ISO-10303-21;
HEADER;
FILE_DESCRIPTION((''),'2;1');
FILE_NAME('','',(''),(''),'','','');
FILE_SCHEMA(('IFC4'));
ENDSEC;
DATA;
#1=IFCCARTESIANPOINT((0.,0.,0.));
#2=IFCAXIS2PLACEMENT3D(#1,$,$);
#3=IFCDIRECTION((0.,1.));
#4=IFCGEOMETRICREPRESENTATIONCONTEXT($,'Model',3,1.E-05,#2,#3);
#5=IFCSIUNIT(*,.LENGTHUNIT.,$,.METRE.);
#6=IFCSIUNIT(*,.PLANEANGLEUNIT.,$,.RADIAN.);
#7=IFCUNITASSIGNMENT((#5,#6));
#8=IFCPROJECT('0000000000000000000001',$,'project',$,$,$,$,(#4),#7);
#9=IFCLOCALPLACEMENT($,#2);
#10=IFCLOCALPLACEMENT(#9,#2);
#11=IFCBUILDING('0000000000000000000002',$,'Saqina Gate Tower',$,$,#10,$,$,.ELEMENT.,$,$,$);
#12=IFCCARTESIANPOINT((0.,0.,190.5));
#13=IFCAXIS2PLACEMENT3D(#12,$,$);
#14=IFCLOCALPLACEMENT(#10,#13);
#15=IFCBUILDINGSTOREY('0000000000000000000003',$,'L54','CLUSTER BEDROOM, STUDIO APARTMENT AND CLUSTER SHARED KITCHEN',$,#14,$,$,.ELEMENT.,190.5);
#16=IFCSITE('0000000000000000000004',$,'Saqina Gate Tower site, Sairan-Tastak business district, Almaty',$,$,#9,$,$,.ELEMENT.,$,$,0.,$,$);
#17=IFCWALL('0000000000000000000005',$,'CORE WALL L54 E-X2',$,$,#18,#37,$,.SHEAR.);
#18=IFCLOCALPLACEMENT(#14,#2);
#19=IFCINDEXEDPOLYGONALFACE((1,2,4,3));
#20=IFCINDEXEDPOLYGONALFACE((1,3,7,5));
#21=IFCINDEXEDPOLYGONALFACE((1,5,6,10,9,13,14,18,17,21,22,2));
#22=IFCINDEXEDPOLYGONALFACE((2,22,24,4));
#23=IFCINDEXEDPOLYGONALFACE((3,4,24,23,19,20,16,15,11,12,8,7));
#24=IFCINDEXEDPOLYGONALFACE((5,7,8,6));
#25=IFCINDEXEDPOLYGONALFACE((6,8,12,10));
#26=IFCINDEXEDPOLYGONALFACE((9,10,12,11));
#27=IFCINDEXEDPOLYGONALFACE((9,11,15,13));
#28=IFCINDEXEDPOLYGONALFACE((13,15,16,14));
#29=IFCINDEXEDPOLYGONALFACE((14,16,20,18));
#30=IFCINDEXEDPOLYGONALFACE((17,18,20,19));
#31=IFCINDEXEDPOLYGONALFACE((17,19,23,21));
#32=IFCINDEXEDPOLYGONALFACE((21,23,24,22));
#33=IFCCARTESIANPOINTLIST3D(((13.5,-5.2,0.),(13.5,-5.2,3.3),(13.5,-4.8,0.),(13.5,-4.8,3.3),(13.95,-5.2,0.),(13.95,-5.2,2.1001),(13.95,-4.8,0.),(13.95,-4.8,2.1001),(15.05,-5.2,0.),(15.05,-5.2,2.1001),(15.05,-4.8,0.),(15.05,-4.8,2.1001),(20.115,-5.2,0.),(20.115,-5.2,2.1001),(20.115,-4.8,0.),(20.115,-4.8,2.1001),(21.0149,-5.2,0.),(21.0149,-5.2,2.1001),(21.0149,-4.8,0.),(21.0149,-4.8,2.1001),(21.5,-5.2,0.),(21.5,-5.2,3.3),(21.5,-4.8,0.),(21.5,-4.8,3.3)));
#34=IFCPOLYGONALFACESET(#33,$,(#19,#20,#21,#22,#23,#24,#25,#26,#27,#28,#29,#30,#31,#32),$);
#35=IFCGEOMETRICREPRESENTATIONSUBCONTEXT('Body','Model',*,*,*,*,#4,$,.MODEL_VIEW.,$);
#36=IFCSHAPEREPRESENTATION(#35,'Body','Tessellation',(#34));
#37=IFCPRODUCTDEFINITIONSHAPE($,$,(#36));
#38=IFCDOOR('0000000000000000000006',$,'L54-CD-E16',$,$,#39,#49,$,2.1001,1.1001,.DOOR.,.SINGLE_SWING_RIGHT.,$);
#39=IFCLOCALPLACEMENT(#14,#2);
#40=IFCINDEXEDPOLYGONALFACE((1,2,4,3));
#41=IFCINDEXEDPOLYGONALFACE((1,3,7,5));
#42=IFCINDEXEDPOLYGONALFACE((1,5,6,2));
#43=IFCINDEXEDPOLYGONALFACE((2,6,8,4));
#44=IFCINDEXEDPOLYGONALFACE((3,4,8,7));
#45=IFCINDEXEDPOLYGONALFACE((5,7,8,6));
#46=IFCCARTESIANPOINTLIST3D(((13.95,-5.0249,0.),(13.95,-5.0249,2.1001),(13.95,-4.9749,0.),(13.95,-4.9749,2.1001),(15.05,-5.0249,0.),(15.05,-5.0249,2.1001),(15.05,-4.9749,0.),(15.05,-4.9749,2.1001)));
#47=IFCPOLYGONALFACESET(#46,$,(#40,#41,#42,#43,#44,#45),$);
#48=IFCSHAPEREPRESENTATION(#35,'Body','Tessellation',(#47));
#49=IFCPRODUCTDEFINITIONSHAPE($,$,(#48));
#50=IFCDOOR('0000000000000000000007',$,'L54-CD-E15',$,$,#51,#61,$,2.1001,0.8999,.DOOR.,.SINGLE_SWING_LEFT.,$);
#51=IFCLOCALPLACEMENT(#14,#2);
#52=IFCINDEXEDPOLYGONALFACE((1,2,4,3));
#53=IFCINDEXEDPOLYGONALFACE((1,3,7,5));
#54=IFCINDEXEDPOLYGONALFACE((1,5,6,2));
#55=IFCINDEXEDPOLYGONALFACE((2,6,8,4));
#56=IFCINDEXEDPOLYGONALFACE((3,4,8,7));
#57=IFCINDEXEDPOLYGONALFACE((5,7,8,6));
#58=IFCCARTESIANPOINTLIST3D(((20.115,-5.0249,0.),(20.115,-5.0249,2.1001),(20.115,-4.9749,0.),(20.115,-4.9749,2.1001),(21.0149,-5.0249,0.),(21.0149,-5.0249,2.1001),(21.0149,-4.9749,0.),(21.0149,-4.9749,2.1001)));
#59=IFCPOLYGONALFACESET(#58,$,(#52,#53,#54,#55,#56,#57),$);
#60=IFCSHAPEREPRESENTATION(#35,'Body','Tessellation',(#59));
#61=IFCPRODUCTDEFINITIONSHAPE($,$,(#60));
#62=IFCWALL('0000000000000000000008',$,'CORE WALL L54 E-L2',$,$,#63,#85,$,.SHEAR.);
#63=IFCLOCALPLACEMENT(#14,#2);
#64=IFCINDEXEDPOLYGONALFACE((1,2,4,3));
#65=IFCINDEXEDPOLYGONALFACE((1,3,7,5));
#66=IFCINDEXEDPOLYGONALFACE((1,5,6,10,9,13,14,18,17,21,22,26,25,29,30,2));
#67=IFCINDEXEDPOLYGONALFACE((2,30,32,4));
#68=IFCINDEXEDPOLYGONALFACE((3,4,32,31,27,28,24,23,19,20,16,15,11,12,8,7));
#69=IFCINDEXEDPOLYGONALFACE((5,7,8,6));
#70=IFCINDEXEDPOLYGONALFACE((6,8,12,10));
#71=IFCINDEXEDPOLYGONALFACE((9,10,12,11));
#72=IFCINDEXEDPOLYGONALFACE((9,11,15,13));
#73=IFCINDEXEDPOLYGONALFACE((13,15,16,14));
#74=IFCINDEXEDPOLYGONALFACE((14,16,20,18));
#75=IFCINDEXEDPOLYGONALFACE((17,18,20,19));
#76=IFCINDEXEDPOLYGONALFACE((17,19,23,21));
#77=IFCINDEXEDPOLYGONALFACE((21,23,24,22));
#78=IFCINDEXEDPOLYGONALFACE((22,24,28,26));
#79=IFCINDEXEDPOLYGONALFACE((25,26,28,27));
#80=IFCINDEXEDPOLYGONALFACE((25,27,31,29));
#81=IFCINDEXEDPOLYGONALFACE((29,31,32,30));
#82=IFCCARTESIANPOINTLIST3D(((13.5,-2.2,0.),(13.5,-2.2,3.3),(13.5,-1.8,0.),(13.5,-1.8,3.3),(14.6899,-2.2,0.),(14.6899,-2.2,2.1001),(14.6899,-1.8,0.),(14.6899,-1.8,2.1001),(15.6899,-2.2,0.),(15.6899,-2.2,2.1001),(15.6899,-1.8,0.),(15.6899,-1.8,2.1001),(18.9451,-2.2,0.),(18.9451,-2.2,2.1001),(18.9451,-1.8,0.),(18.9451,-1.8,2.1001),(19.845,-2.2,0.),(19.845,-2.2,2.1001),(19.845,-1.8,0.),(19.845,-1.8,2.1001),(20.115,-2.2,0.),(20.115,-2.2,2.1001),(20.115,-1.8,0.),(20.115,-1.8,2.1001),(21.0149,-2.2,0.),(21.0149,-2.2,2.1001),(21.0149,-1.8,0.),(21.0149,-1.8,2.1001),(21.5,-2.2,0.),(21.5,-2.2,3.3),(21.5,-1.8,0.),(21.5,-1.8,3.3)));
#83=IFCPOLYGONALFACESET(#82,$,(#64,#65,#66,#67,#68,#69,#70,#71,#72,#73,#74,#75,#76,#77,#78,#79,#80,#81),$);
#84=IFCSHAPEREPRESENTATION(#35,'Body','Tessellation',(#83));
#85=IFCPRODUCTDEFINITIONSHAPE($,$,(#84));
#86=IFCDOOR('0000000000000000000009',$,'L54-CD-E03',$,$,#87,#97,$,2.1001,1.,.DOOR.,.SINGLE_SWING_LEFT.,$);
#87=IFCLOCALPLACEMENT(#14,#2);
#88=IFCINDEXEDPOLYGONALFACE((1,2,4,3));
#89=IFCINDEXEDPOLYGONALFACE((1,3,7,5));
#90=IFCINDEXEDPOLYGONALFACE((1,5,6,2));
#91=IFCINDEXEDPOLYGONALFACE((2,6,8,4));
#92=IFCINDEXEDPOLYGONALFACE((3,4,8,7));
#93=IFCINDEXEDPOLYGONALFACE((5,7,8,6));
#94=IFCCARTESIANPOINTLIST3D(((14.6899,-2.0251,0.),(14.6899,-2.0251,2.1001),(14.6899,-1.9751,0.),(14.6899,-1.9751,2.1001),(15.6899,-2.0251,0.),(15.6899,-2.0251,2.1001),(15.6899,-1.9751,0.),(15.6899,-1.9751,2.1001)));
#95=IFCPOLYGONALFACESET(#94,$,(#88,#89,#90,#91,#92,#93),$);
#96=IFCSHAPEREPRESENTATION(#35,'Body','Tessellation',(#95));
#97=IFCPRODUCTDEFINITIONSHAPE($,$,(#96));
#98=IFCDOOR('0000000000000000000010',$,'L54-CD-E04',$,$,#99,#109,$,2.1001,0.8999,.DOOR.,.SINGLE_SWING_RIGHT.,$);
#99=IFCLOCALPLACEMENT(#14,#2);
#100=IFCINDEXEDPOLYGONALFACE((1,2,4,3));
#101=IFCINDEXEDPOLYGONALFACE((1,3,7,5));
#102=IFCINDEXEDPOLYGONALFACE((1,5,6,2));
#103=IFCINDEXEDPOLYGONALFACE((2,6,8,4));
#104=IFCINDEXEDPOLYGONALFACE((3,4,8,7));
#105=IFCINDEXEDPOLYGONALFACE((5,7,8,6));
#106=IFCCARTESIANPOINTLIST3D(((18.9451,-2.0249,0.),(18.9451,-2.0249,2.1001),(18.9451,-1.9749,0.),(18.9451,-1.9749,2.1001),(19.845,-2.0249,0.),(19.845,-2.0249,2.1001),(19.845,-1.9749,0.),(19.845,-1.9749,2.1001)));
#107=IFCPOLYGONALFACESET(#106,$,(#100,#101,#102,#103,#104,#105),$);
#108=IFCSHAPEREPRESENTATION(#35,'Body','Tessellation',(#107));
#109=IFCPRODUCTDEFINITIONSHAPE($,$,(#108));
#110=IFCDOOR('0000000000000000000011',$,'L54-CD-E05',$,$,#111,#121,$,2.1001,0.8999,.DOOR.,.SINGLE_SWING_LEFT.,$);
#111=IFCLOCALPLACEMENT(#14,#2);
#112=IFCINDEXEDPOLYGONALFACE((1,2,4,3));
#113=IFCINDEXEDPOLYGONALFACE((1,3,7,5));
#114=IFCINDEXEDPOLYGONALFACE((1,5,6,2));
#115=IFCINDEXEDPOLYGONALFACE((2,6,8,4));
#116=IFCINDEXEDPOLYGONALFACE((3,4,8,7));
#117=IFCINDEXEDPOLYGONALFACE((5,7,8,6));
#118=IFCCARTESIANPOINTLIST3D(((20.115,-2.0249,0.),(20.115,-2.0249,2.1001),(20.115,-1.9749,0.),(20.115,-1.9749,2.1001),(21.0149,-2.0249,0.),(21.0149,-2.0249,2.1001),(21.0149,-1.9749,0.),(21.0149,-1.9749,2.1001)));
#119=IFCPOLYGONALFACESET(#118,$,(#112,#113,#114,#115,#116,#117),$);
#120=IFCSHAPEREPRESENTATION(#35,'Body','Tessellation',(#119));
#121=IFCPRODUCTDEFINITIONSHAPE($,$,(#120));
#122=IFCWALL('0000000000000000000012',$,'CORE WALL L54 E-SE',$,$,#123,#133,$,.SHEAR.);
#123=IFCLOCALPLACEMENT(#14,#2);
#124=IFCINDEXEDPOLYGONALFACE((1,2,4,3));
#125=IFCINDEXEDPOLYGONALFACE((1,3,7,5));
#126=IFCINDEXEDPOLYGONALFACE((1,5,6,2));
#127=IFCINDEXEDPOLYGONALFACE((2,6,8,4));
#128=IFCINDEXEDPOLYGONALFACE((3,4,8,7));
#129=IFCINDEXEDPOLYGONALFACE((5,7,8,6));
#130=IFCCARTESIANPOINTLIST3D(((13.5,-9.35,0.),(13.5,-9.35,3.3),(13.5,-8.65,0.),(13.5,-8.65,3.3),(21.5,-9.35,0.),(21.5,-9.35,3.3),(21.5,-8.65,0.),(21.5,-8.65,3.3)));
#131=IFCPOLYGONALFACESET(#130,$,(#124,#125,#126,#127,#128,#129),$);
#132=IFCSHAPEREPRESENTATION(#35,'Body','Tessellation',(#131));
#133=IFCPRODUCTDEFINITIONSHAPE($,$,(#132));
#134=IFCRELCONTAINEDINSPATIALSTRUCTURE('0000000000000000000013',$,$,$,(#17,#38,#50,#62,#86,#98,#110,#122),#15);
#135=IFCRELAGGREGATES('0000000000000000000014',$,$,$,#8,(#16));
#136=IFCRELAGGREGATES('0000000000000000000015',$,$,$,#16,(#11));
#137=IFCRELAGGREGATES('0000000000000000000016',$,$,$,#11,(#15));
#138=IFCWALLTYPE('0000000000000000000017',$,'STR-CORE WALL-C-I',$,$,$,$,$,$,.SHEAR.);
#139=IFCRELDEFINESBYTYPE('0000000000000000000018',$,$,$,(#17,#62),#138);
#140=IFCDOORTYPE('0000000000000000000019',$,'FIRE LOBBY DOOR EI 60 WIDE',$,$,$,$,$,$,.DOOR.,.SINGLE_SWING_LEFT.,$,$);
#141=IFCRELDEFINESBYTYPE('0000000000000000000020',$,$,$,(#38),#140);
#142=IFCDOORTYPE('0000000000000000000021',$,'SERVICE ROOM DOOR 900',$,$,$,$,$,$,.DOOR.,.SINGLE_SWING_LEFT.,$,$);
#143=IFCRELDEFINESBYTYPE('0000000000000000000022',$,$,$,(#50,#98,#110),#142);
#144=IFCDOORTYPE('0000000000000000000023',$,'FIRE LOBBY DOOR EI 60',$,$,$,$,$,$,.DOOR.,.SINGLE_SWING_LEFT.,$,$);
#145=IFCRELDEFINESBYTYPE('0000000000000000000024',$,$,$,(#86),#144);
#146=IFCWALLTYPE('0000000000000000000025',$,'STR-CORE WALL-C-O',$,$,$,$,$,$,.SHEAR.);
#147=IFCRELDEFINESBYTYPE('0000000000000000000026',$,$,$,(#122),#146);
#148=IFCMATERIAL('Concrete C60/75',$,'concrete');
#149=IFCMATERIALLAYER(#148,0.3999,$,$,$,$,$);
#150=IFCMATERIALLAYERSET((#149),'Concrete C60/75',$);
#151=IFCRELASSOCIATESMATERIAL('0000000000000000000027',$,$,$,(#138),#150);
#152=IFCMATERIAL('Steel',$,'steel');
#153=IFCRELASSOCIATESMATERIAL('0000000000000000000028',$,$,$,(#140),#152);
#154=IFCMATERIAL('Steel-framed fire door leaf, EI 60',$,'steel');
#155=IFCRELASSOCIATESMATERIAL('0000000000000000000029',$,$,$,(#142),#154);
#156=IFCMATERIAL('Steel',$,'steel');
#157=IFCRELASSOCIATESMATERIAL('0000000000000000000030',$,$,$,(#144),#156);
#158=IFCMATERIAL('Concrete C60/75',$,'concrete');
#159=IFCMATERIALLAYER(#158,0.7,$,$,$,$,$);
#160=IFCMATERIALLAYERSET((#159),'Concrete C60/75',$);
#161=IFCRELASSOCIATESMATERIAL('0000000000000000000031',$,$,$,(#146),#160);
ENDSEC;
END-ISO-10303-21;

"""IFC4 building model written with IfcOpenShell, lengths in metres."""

from ifc_helpers import new_model, si_unit, direction, frame, frame_2d, origin, place, context, subcontext, project, spatial, rectangle, extrude, material, layer, layer_set, type_object, element, fill, save


model = new_model("IFC4")

# Units and contexts
model_context = context("Model", 3, precision=1e-05, world=origin(), true_north=direction((0.0, 1.0)))
body_context = subcontext(model_context, "Body", "Model", "MODEL_VIEW")
ifc_project = project(units=[si_unit("LENGTHUNIT", "METRE"), si_unit("PLANEANGLEUNIT", "RADIAN")], contexts=[model_context])

# Site, building, storey
site_placement = place(None, origin())
site = spatial("IfcSite", under=ifc_project, at=site_placement, Name="Saqina Gate Tower site, Sairan-Tastak business district, Almaty", CompositionType="ELEMENT", RefElevation=0.0)
building_placement = place(site_placement, origin())
building = spatial("IfcBuilding", under=site, at=building_placement, Name="Saqina Gate Tower", CompositionType="ELEMENT")
storey_placement = place(building_placement, frame((0.0, 0.0, 190.5)))
storey = spatial("IfcBuildingStorey", under=building, at=storey_placement, Name="L54", Description="CLUSTER BEDROOM, STUDIO APARTMENT AND CLUSTER SHARED KITCHEN", CompositionType="ELEMENT", Elevation=190.5)

# Walls, openings, doors
ifc_material_1 = material(Name="Concrete C60/75", Category="concrete")
ifc_layer_1 = layer(ifc_material_1, 0.3999)
ifc_layer_set_1 = layer_set([ifc_layer_1], Name="Concrete C60/75")
wall_type_1 = type_object("IfcWallType", Name="STR-CORE WALL-C-I", PredefinedType="SHEAR", material=ifc_layer_set_1)
wall_1_placement = place(storey_placement, frame((13.5, -5.0, 0.0), z_axis=(0.0, 0.0, 1.0), x_axis=(1.0, 0.0, 0.0)))
wall_1 = element("IfcWall", 1, at=wall_1_placement, inside=storey, type_object=wall_type_1, Name="CORE WALL L54 E-X2", PredefinedType="SHEAR", context=body_context, shape_type="SweptSolid", body=[
    extrude(rectangle(XDim=8.0, YDim=0.3999, at=frame_2d((4.0, 0.0))), origin(), (0.0, 0.0, 1.0), 3.3),
])
opening_1_placement = place(wall_1_placement, frame((6.615, 0.0, 0.0)))
opening_1 = element("IfcOpeningElement", 2, at=opening_1_placement, cuts=wall_1, PredefinedType="OPENING", context=body_context, shape_type="SweptSolid", body=[
    extrude(rectangle(XDim=0.8999, YDim=2.1001, at=frame_2d((0.45, 1.05))), frame((0.0, 0.2119, 0.0), z_axis=(0.0, -1.0, 0.0), x_axis=(1.0, 0.0, 0.0)), (0.0, 0.0, 1.0), 0.4238),
])
opening_2_placement = place(wall_1_placement, frame((0.45, 0.0, 0.0)))
opening_2 = element("IfcOpeningElement", 3, at=opening_2_placement, cuts=wall_1, PredefinedType="OPENING", context=body_context, shape_type="SweptSolid", body=[
    extrude(rectangle(XDim=1.1001, YDim=2.1001, at=frame_2d((0.55, 1.05))), frame((0.0, 0.2119, 0.0), z_axis=(0.0, -1.0, 0.0), x_axis=(1.0, 0.0, 0.0)), (0.0, 0.0, 1.0), 0.4238),
])
ifc_material_2 = material(Name="Steel", Category="steel")
door_type_1 = type_object("IfcDoorType", Name="FIRE LOBBY DOOR EI 60 WIDE", OperationType="SINGLE_SWING_LEFT", PredefinedType="DOOR", material=ifc_material_2)
door_1_placement = place(opening_2_placement, frame((1.1001, 0.0, 0.0), z_axis=(0.0, 0.0, 1.0), x_axis=(-1.0, 0.0, 0.0)))
door_1 = element("IfcDoor", 4, at=door_1_placement, inside=storey, type_object=door_type_1, Name="L54-CD-E16", OperationType="SINGLE_SWING_RIGHT", OverallHeight=2.1001, OverallWidth=1.1001, PredefinedType="DOOR", context=body_context, shape_type="SweptSolid", body=[
    extrude(rectangle(XDim=1.1001, YDim=2.1001, at=frame_2d((0.55, 1.05))), frame((0.0, 0.0249, 0.0), z_axis=(0.0, -1.0, 0.0), x_axis=(1.0, 0.0, 0.0)), (0.0, 0.0, 1.0), 0.05),
])
fill(opening_2, door_1)
ifc_material_3 = material(Name="Steel-framed fire door leaf, EI 60", Category="steel")
door_type_2 = type_object("IfcDoorType", Name="SERVICE ROOM DOOR 900", OperationType="SINGLE_SWING_LEFT", PredefinedType="DOOR", material=ifc_material_3)
door_2_placement = place(opening_1_placement, frame((0.8999, 0.0, 0.0), z_axis=(0.0, 0.0, 1.0), x_axis=(-1.0, 0.0, 0.0)))
door_2 = element("IfcDoor", 5, at=door_2_placement, inside=storey, type_object=door_type_2, Name="L54-CD-E15", OperationType="SINGLE_SWING_LEFT", OverallHeight=2.1001, OverallWidth=0.8999, PredefinedType="DOOR", context=body_context, shape_type="SweptSolid", body=[
    extrude(rectangle(XDim=0.8999, YDim=2.1001, at=frame_2d((0.45, 1.05))), frame((0.0, 0.0249, 0.0), z_axis=(0.0, -1.0, 0.0), x_axis=(1.0, 0.0, 0.0)), (0.0, 0.0, 1.0), 0.05),
])
fill(opening_1, door_2)
wall_2_placement = place(storey_placement, frame((13.5, -2.0, 0.0), z_axis=(0.0, 0.0, 1.0), x_axis=(1.0, 0.0, 0.0)))
wall_2 = element("IfcWall", 6, at=wall_2_placement, inside=storey, type_object=wall_type_1, Name="CORE WALL L54 E-L2", PredefinedType="SHEAR", context=body_context, shape_type="SweptSolid", body=[
    extrude(rectangle(XDim=8.0, YDim=0.3999, at=frame_2d((4.0, 0.0))), origin(), (0.0, 0.0, 1.0), 3.3),
])
opening_3_placement = place(wall_2_placement, frame((1.1899, 0.0, 0.0)))
opening_3 = element("IfcOpeningElement", 7, at=opening_3_placement, cuts=wall_2, PredefinedType="OPENING", context=body_context, shape_type="SweptSolid", body=[
    extrude(rectangle(XDim=1.0, YDim=2.1001, at=frame_2d((0.5, 1.05))), frame((0.0, 0.2119, 0.0), z_axis=(0.0, -1.0, 0.0), x_axis=(1.0, 0.0, 0.0)), (0.0, 0.0, 1.0), 0.4238),
])
opening_4_placement = place(wall_2_placement, frame((5.4451, 0.0, 0.0)))
opening_4 = element("IfcOpeningElement", 8, at=opening_4_placement, cuts=wall_2, PredefinedType="OPENING", context=body_context, shape_type="SweptSolid", body=[
    extrude(rectangle(XDim=0.8999, YDim=2.1001, at=frame_2d((0.45, 1.05))), frame((0.0, 0.2119, 0.0), z_axis=(0.0, -1.0, 0.0), x_axis=(1.0, 0.0, 0.0)), (0.0, 0.0, 1.0), 0.4238),
])
opening_5_placement = place(wall_2_placement, frame((6.615, 0.0, 0.0)))
opening_5 = element("IfcOpeningElement", 9, at=opening_5_placement, cuts=wall_2, PredefinedType="OPENING", context=body_context, shape_type="SweptSolid", body=[
    extrude(rectangle(XDim=0.8999, YDim=2.1001, at=frame_2d((0.45, 1.05))), frame((0.0, 0.2119, 0.0), z_axis=(0.0, -1.0, 0.0), x_axis=(1.0, 0.0, 0.0)), (0.0, 0.0, 1.0), 0.4238),
])
ifc_material_4 = material(Name="Steel", Category="steel")
door_type_3 = type_object("IfcDoorType", Name="FIRE LOBBY DOOR EI 60", OperationType="SINGLE_SWING_LEFT", PredefinedType="DOOR", material=ifc_material_4)
door_3_placement = place(opening_3_placement, origin())
door_3 = element("IfcDoor", 10, at=door_3_placement, inside=storey, type_object=door_type_3, Name="L54-CD-E03", OperationType="SINGLE_SWING_LEFT", OverallHeight=2.1001, OverallWidth=1.0, PredefinedType="DOOR", context=body_context, shape_type="SweptSolid", body=[
    extrude(rectangle(XDim=1.0, YDim=2.1001, at=frame_2d((0.5, 1.05))), frame((0.0, 0.0249, 0.0), z_axis=(0.0, -1.0, 0.0), x_axis=(1.0, 0.0, 0.0)), (0.0, 0.0, 1.0), 0.05),
])
fill(opening_3, door_3)
door_4_placement = place(opening_4_placement, frame((0.8999, 0.0, 0.0), z_axis=(0.0, 0.0, 1.0), x_axis=(-1.0, 0.0, 0.0)))
door_4 = element("IfcDoor", 11, at=door_4_placement, inside=storey, type_object=door_type_2, Name="L54-CD-E04", OperationType="SINGLE_SWING_RIGHT", OverallHeight=2.1001, OverallWidth=0.8999, PredefinedType="DOOR", context=body_context, shape_type="SweptSolid", body=[
    extrude(rectangle(XDim=0.8999, YDim=2.1001, at=frame_2d((0.45, 1.05))), frame((0.0, 0.0249, 0.0), z_axis=(0.0, -1.0, 0.0), x_axis=(1.0, 0.0, 0.0)), (0.0, 0.0, 1.0), 0.05),
])
fill(opening_4, door_4)
door_5_placement = place(opening_5_placement, frame((0.8999, 0.0, 0.0), z_axis=(0.0, 0.0, 1.0), x_axis=(-1.0, 0.0, 0.0)))
door_5 = element("IfcDoor", 12, at=door_5_placement, inside=storey, type_object=door_type_2, Name="L54-CD-E05", OperationType="SINGLE_SWING_LEFT", OverallHeight=2.1001, OverallWidth=0.8999, PredefinedType="DOOR", context=body_context, shape_type="SweptSolid", body=[
    extrude(rectangle(XDim=0.8999, YDim=2.1001, at=frame_2d((0.45, 1.05))), frame((0.0, 0.0249, 0.0), z_axis=(0.0, -1.0, 0.0), x_axis=(1.0, 0.0, 0.0)), (0.0, 0.0, 1.0), 0.05),
])
fill(opening_5, door_5)
ifc_material_5 = material(Name="Concrete C60/75", Category="concrete")
ifc_layer_2 = layer(ifc_material_5, 0.7)
ifc_layer_set_2 = layer_set([ifc_layer_2], Name="Concrete C60/75")
wall_type_2 = type_object("IfcWallType", Name="STR-CORE WALL-C-O", PredefinedType="SHEAR", material=ifc_layer_set_2)

# Wall
wall_3_placement = place(storey_placement, frame((13.5, -9.0, 0.0), z_axis=(0.0, 0.0, 1.0), x_axis=(1.0, 0.0, 0.0)))
element("IfcWall", 13, at=wall_3_placement, inside=storey, type_object=wall_type_2, Name="CORE WALL L54 E-SE", PredefinedType="SHEAR", context=body_context, shape_type="SweptSolid", body=[
    extrude(rectangle(XDim=8.0, YDim=0.7, at=frame_2d((4.0, 0.0))), origin(), (0.0, 0.0, 1.0), 3.3),
])

save(model, "model.ifc")
